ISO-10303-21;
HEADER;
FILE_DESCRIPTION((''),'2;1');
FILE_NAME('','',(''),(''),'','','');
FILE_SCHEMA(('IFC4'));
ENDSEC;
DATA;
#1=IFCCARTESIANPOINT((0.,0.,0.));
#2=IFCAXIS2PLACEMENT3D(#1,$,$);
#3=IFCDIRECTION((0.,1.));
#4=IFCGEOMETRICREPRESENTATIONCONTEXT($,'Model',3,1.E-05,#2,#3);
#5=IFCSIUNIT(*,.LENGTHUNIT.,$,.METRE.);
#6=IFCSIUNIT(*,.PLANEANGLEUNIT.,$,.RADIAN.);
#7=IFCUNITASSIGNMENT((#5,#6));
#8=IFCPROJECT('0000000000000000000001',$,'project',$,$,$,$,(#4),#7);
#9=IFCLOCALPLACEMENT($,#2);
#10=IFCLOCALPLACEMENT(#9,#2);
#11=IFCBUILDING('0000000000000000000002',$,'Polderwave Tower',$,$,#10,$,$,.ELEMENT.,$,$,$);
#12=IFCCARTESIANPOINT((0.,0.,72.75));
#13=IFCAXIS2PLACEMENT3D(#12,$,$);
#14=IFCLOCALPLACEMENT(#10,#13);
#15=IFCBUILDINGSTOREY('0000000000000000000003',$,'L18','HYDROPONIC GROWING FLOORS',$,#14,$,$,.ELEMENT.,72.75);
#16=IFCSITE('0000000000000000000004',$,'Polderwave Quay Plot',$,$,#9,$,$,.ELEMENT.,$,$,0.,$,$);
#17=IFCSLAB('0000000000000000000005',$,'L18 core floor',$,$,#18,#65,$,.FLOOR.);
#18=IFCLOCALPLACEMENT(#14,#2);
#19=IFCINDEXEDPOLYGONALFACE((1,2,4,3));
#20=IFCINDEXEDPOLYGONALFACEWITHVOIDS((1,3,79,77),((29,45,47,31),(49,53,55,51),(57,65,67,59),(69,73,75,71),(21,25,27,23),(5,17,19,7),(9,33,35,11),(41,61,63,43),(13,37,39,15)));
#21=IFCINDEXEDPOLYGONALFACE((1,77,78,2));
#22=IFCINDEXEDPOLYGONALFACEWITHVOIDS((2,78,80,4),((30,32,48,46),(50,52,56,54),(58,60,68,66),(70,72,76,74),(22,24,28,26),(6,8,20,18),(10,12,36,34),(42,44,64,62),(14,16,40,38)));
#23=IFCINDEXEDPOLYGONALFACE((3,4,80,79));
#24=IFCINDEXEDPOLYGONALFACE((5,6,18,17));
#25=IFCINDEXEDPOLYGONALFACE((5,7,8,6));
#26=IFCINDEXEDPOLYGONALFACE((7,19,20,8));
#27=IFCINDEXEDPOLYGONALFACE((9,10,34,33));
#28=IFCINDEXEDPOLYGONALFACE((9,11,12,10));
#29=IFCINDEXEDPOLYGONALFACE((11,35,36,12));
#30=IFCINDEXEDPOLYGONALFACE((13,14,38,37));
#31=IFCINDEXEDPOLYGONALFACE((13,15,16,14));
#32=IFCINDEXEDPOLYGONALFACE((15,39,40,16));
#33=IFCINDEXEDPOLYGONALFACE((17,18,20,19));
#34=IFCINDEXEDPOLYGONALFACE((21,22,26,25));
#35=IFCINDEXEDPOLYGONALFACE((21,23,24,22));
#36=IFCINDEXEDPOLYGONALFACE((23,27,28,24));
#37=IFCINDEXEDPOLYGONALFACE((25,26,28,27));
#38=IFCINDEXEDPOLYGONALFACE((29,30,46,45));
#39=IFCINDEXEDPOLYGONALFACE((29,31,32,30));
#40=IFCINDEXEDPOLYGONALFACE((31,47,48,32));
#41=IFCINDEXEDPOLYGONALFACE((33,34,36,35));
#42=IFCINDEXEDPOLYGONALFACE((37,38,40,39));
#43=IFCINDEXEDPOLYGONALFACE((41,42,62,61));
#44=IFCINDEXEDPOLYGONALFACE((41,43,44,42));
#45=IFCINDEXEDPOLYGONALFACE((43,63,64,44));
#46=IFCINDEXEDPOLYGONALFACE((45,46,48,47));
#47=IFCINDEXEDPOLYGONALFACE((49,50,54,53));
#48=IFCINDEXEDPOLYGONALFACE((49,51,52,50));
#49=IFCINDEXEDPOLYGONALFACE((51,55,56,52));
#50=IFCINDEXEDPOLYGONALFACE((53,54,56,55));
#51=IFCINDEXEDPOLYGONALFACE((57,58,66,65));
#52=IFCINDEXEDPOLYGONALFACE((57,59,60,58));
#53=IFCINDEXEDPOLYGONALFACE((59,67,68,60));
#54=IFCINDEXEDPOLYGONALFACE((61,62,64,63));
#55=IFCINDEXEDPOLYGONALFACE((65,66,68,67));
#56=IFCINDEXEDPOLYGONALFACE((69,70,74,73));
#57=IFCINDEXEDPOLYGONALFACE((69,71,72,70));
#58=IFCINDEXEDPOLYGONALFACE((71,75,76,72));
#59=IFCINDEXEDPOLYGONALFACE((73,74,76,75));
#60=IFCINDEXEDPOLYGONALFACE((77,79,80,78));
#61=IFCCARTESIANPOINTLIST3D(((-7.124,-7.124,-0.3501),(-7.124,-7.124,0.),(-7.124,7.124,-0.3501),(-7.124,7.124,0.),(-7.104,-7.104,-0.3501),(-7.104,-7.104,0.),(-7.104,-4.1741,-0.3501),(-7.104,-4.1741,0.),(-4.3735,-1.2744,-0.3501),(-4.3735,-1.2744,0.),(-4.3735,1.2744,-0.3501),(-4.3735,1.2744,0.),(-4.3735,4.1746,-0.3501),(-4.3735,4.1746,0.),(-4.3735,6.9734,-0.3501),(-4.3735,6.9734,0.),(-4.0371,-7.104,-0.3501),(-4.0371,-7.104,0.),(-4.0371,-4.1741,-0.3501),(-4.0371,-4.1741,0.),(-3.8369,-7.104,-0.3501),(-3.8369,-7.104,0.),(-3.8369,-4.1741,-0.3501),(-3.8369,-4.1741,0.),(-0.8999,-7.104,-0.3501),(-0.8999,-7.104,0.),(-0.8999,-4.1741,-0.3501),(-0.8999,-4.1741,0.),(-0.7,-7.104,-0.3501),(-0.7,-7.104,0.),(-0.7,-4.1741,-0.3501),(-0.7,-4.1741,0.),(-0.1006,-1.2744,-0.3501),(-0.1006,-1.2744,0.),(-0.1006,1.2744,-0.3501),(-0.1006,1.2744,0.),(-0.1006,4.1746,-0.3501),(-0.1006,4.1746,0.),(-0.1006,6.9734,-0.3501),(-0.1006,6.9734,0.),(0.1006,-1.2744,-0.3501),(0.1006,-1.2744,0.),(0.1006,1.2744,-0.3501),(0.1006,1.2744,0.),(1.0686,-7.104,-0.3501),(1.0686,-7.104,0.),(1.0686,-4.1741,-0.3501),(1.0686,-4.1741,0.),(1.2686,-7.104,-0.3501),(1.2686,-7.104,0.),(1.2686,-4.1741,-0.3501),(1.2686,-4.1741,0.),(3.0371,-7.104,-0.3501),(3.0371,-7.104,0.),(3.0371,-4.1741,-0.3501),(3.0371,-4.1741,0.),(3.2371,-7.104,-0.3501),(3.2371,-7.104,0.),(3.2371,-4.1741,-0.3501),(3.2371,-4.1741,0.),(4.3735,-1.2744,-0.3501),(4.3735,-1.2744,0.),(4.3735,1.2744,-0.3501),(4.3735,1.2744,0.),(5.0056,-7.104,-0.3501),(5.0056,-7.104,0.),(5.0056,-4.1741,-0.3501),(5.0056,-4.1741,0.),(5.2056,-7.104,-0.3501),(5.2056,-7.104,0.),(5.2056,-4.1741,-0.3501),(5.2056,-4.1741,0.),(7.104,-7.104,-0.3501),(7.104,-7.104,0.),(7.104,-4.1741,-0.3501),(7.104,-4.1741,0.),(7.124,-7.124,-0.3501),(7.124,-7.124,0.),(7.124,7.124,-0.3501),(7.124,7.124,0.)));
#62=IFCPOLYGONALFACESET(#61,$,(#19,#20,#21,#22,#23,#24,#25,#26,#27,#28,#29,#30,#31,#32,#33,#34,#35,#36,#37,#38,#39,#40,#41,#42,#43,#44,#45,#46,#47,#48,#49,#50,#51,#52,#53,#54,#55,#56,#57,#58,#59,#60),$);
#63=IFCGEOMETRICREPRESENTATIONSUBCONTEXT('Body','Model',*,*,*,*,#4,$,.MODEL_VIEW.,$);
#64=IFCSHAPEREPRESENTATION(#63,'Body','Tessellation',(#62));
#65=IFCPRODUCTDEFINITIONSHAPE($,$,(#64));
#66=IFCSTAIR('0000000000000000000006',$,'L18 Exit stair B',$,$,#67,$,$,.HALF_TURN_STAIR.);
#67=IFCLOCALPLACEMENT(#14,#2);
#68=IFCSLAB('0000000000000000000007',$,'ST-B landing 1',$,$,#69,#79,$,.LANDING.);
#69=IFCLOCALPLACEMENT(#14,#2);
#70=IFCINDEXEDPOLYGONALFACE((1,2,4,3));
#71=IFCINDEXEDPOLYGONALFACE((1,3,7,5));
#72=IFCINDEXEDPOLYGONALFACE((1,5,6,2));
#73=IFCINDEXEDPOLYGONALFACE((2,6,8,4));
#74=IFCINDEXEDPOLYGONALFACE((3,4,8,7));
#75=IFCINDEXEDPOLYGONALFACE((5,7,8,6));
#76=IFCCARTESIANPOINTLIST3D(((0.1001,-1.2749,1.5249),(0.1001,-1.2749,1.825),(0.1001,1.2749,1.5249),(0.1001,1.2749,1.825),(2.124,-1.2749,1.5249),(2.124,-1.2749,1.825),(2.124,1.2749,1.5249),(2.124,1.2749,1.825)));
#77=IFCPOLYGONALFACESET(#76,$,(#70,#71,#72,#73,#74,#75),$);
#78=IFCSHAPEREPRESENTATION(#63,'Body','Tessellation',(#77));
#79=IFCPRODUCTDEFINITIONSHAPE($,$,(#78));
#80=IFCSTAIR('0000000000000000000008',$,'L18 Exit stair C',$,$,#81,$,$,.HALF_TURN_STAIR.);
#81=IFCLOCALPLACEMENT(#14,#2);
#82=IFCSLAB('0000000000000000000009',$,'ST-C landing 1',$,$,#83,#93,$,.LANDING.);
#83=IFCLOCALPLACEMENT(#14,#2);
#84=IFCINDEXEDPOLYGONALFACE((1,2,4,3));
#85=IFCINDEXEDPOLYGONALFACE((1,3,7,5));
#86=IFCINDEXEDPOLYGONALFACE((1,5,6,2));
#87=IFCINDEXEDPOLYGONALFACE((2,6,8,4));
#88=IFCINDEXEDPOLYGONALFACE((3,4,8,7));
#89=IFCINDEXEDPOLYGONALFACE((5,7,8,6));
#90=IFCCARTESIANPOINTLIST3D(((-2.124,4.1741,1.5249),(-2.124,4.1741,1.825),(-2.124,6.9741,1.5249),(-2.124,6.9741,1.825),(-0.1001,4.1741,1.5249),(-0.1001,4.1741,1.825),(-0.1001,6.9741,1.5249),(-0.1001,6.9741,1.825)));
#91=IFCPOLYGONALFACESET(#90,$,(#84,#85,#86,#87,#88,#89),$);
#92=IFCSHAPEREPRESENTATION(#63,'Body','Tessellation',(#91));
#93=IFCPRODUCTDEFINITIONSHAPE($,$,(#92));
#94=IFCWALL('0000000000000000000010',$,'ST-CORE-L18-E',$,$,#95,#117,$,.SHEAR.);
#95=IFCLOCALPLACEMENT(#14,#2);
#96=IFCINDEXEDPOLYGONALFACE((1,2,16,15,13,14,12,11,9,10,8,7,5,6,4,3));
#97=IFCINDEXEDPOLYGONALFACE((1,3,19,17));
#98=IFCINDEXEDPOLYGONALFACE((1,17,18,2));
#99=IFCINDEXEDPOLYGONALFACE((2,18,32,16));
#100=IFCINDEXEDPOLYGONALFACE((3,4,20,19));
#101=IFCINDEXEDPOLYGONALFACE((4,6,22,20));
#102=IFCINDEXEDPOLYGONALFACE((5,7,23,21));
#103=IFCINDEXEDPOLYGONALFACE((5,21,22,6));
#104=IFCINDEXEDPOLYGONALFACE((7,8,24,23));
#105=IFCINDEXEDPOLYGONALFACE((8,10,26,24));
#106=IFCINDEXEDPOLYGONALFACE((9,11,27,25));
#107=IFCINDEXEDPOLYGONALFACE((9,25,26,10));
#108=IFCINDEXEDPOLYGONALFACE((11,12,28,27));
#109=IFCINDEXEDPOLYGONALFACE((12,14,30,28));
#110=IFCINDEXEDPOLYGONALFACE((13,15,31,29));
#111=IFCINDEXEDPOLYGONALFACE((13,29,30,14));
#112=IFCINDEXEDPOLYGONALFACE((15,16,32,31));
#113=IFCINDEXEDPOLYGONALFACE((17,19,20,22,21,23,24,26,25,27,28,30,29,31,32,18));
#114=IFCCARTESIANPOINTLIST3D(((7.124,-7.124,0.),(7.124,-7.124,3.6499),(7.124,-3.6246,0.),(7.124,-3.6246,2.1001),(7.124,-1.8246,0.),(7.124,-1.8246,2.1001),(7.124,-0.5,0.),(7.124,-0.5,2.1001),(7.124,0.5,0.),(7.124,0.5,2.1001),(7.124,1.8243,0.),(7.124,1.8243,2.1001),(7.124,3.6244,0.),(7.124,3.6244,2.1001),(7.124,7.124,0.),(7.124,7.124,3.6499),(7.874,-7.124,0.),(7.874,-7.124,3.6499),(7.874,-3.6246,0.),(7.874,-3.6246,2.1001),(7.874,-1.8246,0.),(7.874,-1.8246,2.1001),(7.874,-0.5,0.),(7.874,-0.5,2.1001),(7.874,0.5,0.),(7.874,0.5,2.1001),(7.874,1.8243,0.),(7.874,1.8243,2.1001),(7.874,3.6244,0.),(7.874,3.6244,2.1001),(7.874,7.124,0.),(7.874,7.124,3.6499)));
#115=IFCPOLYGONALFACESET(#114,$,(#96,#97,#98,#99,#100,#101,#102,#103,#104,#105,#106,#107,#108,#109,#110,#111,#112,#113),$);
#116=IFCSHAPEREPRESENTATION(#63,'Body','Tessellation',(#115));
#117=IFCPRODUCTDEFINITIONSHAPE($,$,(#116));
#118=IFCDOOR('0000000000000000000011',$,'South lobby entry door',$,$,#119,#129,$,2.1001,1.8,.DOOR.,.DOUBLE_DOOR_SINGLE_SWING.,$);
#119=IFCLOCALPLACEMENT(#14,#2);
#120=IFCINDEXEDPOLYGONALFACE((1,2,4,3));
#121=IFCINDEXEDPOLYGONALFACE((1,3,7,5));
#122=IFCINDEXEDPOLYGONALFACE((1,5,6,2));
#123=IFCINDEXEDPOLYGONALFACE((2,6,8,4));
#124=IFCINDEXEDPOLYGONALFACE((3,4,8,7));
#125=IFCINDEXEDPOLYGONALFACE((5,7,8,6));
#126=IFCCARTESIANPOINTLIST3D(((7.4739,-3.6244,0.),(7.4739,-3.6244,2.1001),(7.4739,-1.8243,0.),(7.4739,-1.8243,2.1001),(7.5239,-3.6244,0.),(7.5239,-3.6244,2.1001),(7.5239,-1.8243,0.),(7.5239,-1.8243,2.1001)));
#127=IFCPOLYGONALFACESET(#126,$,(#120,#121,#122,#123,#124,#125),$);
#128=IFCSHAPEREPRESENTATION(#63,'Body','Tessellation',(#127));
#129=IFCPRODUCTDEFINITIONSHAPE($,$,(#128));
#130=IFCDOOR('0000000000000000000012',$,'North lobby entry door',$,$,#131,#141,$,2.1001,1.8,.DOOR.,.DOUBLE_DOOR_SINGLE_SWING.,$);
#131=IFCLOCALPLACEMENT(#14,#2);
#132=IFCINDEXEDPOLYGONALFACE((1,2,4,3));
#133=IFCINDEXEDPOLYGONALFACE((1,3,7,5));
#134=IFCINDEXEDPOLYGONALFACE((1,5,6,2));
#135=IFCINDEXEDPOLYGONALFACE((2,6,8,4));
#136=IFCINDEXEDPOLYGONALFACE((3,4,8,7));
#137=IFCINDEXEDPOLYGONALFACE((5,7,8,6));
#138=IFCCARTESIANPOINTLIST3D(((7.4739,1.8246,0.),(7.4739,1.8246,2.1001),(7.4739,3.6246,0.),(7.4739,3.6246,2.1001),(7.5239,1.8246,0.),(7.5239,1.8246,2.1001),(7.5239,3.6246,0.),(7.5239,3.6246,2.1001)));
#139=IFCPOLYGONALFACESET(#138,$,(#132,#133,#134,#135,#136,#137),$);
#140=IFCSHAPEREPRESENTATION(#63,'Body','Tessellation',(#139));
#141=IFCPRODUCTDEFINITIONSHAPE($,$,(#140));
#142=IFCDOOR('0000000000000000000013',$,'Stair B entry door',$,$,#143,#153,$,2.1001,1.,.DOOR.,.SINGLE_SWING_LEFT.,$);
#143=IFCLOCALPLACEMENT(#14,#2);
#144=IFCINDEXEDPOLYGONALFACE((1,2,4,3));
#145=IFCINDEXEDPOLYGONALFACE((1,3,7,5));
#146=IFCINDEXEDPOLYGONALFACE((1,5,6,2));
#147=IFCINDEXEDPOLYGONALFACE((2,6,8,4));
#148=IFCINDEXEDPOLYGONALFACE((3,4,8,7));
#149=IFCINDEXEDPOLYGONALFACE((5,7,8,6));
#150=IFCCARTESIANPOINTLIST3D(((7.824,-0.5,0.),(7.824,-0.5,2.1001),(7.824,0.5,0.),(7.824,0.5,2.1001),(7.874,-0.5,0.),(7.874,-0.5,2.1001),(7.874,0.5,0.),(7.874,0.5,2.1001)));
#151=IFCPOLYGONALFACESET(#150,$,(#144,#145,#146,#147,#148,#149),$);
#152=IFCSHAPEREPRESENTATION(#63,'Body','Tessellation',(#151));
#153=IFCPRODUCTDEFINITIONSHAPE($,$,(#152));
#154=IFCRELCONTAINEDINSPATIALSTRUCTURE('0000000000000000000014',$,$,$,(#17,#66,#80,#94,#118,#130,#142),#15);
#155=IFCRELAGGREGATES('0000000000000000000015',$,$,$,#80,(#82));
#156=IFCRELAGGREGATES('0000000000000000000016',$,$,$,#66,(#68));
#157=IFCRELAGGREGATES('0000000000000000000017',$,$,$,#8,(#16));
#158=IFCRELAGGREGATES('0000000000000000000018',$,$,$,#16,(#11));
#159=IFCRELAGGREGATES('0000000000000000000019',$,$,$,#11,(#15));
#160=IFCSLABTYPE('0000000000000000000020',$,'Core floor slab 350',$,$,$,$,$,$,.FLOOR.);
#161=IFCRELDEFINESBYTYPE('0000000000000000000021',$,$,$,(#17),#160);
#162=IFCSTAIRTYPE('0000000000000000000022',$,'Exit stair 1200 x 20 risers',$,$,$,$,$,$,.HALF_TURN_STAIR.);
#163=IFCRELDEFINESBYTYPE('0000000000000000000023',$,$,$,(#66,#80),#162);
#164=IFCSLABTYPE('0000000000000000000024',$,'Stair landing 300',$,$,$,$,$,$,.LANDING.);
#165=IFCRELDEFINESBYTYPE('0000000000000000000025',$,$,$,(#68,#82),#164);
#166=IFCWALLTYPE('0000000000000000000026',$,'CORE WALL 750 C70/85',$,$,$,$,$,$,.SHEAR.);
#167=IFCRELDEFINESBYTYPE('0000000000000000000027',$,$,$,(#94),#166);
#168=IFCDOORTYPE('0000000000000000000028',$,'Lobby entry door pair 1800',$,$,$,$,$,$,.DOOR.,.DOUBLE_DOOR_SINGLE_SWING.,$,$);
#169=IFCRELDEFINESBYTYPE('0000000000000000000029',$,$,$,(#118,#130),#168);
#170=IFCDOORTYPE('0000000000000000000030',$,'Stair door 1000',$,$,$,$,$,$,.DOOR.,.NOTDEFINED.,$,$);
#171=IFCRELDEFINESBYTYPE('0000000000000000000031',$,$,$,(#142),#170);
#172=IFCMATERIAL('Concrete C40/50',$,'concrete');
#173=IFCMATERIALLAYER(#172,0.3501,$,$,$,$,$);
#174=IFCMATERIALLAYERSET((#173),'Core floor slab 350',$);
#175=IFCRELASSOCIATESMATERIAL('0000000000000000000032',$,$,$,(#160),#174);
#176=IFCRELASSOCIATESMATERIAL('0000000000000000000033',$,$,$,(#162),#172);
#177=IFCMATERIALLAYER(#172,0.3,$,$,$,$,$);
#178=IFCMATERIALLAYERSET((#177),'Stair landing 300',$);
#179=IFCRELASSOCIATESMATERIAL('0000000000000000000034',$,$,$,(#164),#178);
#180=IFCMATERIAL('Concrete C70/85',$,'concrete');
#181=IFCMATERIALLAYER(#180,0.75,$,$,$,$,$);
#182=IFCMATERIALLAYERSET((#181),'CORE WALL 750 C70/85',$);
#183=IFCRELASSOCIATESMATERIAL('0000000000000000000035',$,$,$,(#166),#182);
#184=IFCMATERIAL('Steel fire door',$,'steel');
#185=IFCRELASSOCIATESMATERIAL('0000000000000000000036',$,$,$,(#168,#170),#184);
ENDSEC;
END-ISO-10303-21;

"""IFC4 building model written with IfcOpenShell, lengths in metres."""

from ifc_helpers import new_model, si_unit, direction, frame, frame_2d, origin, place, context, subcontext, project, spatial, polyline, rectangle, outline, extrude, material, layer, layer_set, type_object, element, fill, aggregate, save


model = new_model("IFC4")

# Units and contexts
model_context = context("Model", 3, precision=1e-05, world=origin(), true_north=direction((0.0, 1.0)))
body_context = subcontext(model_context, "Body", "Model", "MODEL_VIEW")
ifc_project = project(units=[si_unit("LENGTHUNIT", "METRE"), si_unit("PLANEANGLEUNIT", "RADIAN")], contexts=[model_context])

# Site, building, storey
site_placement = place(None, origin())
site = spatial("IfcSite", under=ifc_project, at=site_placement, Name="Polderwave Quay Plot", CompositionType="ELEMENT", RefElevation=0.0)
building_placement = place(site_placement, origin())
building = spatial("IfcBuilding", under=site, at=building_placement, Name="Polderwave Tower", CompositionType="ELEMENT")
storey_placement = place(building_placement, frame((0.0, 0.0, 72.75)))
storey = spatial("IfcBuildingStorey", under=building, at=storey_placement, Name="L18", Description="HYDROPONIC GROWING FLOORS", CompositionType="ELEMENT", Elevation=72.75)

# Slab
ifc_material_1 = material(Name="Concrete C40/50", Category="concrete")
ifc_layer_1 = layer(ifc_material_1, 0.3501)
ifc_layer_set_1 = layer_set([ifc_layer_1], Name="Core floor slab 350")
slab_type_1 = type_object("IfcSlabType", Name="Core floor slab 350", PredefinedType="FLOOR", material=ifc_layer_set_1)
slab_1_placement = place(storey_placement, frame((0.0, 0.0, -0.3501)))
element("IfcSlab", 1, at=slab_1_placement, inside=storey, type_object=slab_type_1, Name="L18 core floor", PredefinedType="FLOOR", context=body_context, shape_type="SweptSolid", body=[
    extrude(outline(polyline([(-7.124, -7.124), (7.124, -7.124), (7.124, 7.124), (-7.124, 7.124), (-7.124, -7.124)]), holes=[polyline([(-7.104, -7.104), (-4.0371, -7.104), (-4.0371, -4.1741), (-7.104, -4.1741), (-7.104, -7.104)]), polyline([(-3.8369, -7.104), (-0.8999, -7.104), (-0.8999, -4.1741), (-3.8369, -4.1741), (-3.8369, -7.104)]), polyline([(-0.7, -7.104), (1.0686, -7.104), (1.0686, -4.1741), (-0.7, -4.1741), (-0.7, -7.104)]), polyline([(1.2686, -7.104), (3.0371, -7.104), (3.0371, -4.1741), (1.2686, -4.1741), (1.2686, -7.104)]), polyline([(3.2371, -7.104), (5.0056, -7.104), (5.0056, -4.1741), (3.2371, -4.1741), (3.2371, -7.104)]), polyline([(5.2056, -7.104), (7.104, -7.104), (7.104, -4.1741), (5.2056, -4.1741), (5.2056, -7.104)]), polyline([(-4.3735, -1.2744), (-0.1006, -1.2744), (-0.1006, 1.2744), (-4.3735, 1.2744), (-4.3735, -1.2744)]), polyline([(0.1006, -1.2744), (4.3735, -1.2744), (4.3735, 1.2744), (0.1006, 1.2744), (0.1006, -1.2744)]), polyline([(-4.3735, 4.1746), (-0.1006, 4.1746), (-0.1006, 6.9734), (-4.3735, 6.9734), (-4.3735, 4.1746)])]), origin(), (0.0, 0.0, 1.0), 0.3501),
])

# Stairs, slabs
stair_type = type_object("IfcStairType", Name="Exit stair 1200 x 20 risers", PredefinedType="HALF_TURN_STAIR", material=ifc_material_1)
stair_1_placement = place(storey_placement, origin())
stair_1 = element("IfcStair", 2, at=stair_1_placement, inside=storey, type_object=stair_type, Name="L18 Exit stair B", PredefinedType="HALF_TURN_STAIR")
ifc_layer_2 = layer(ifc_material_1, 0.3)
ifc_layer_set_2 = layer_set([ifc_layer_2], Name="Stair landing 300")
slab_type_2 = type_object("IfcSlabType", Name="Stair landing 300", PredefinedType="LANDING", material=ifc_layer_set_2)
slab_2_placement = place(storey_placement, frame((0.0, 0.0, 1.5249)))
slab_2 = element("IfcSlab", 3, at=slab_2_placement, type_object=slab_type_2, Name="ST-B landing 1", PredefinedType="LANDING", context=body_context, shape_type="SweptSolid", body=[
    extrude(outline(polyline([(2.124, 1.2749), (0.1001, 1.2749), (0.1001, -1.2749), (2.124, -1.2749), (2.124, 1.2749)])), origin(), (0.0, 0.0, 1.0), 0.3),
])
stair_2_placement = place(storey_placement, origin())
stair_2 = element("IfcStair", 4, at=stair_2_placement, inside=storey, type_object=stair_type, Name="L18 Exit stair C", PredefinedType="HALF_TURN_STAIR")
slab_3_placement = place(storey_placement, frame((0.0, 0.0, 1.5249)))
slab_3 = element("IfcSlab", 5, at=slab_3_placement, type_object=slab_type_2, Name="ST-C landing 1", PredefinedType="LANDING", context=body_context, shape_type="SweptSolid", body=[
    extrude(outline(polyline([(-2.124, 4.1741), (-0.1001, 4.1741), (-0.1001, 6.9741), (-2.124, 6.9741), (-2.124, 4.1741)])), origin(), (0.0, 0.0, 1.0), 0.3),
])
aggregate(stair_2, [slab_3])

# Wall, openings, doors
ifc_material_2 = material(Name="Concrete C70/85", Category="concrete")
ifc_layer_3 = layer(ifc_material_2, 0.75)
ifc_layer_set_3 = layer_set([ifc_layer_3], Name="CORE WALL 750 C70/85")
wall_type_1 = type_object("IfcWallType", Name="CORE WALL 750 C70/85", PredefinedType="SHEAR", material=ifc_layer_set_3)
wall_1_placement = place(storey_placement, frame((7.499, -7.124, 0.0), z_axis=(0.0, 0.0, 1.0), x_axis=(0.0, 1.0, 0.0)))
wall_1 = element("IfcWall", 6, at=wall_1_placement, inside=storey, type_object=wall_type_1, Name="ST-CORE-L18-E", PredefinedType="SHEAR", context=body_context, shape_type="SweptSolid", body=[
    extrude(rectangle(XDim=14.248, YDim=0.75, at=frame_2d((7.124, 0.0))), origin(), (0.0, 0.0, 1.0), 3.6499),
])
opening_1_placement = place(wall_1_placement, frame((6.624, 0.0, 0.0)))
opening_1 = element("IfcOpeningElement", 7, at=opening_1_placement, cuts=wall_1, PredefinedType="OPENING", context=body_context, shape_type="SweptSolid", body=[
    extrude(rectangle(XDim=1.0, YDim=2.1001, at=frame_2d((0.5, 1.05))), frame((0.0, 0.385, 0.0), z_axis=(0.0, -1.0, 0.0), x_axis=(1.0, 0.0, 0.0)), (0.0, 0.0, 1.0), 0.77),
])
opening_2_placement = place(wall_1_placement, frame((3.4995, 0.0, 0.0)))
opening_2 = element("IfcOpeningElement", 8, at=opening_2_placement, cuts=wall_1, PredefinedType="OPENING", context=body_context, shape_type="SweptSolid", body=[
    extrude(rectangle(XDim=1.8, YDim=2.1001, at=frame_2d((0.8999, 1.05))), frame((0.0, 0.385, 0.0), z_axis=(0.0, -1.0, 0.0), x_axis=(1.0, 0.0, 0.0)), (0.0, 0.0, 1.0), 0.77),
])
opening_3_placement = place(wall_1_placement, frame((8.9485, 0.0, 0.0)))
opening_3 = element("IfcOpeningElement", 9, at=opening_3_placement, cuts=wall_1, PredefinedType="OPENING", context=body_context, shape_type="SweptSolid", body=[
    extrude(rectangle(XDim=1.8, YDim=2.1001, at=frame_2d((0.8999, 1.05))), frame((0.0, 0.385, 0.0), z_axis=(0.0, -1.0, 0.0), x_axis=(1.0, 0.0, 0.0)), (0.0, 0.0, 1.0), 0.77),
])
ifc_material_3 = material(Name="Steel fire door", Category="steel")
door_type_1 = type_object("IfcDoorType", Name="Lobby entry door pair 1800", OperationType="DOUBLE_DOOR_SINGLE_SWING", PredefinedType="DOOR", material=ifc_material_3)
door_1_placement = place(opening_2_placement, frame((1.8, 0.0, 0.0), z_axis=(0.0, 0.0, 1.0), x_axis=(-1.0, 0.0, 0.0)))
door_1 = element("IfcDoor", 10, at=door_1_placement, inside=storey, type_object=door_type_1, Name="South lobby entry door", OperationType="DOUBLE_DOOR_SINGLE_SWING", OverallHeight=2.1001, OverallWidth=1.8, PredefinedType="DOOR", context=body_context, shape_type="SweptSolid", body=[
    extrude(rectangle(XDim=1.8, YDim=2.1001, at=frame_2d((0.8999, 1.05))), frame((0.0, 0.0249, 0.0), z_axis=(0.0, -1.0, 0.0), x_axis=(1.0, 0.0, 0.0)), (0.0, 0.0, 1.0), 0.05),
])
fill(opening_2, door_1)
door_2_placement = place(opening_3_placement, frame((1.8, 0.0, 0.0), z_axis=(0.0, 0.0, 1.0), x_axis=(-1.0, 0.0, 0.0)))
door_2 = element("IfcDoor", 11, at=door_2_placement, inside=storey, type_object=door_type_1, Name="North lobby entry door", OperationType="DOUBLE_DOOR_SINGLE_SWING", OverallHeight=2.1001, OverallWidth=1.8, PredefinedType="DOOR", context=body_context, shape_type="SweptSolid", body=[
    extrude(rectangle(XDim=1.8, YDim=2.1001, at=frame_2d((0.8999, 1.05))), frame((0.0, 0.0249, 0.0), z_axis=(0.0, -1.0, 0.0), x_axis=(1.0, 0.0, 0.0)), (0.0, 0.0, 1.0), 0.05),
])
fill(opening_3, door_2)
door_type_2 = type_object("IfcDoorType", Name="Stair door 1000", OperationType="NOTDEFINED", PredefinedType="DOOR", material=ifc_material_3)
door_3_placement = place(opening_1_placement, frame((1.0, 0.0, 0.0), z_axis=(0.0, 0.0, 1.0), x_axis=(-1.0, 0.0, 0.0)))
door_3 = element("IfcDoor", 12, at=door_3_placement, inside=storey, type_object=door_type_2, Name="Stair B entry door", OperationType="SINGLE_SWING_LEFT", OverallHeight=2.1001, OverallWidth=1.0, PredefinedType="DOOR", context=body_context, shape_type="SweptSolid", body=[
    extrude(rectangle(XDim=1.0, YDim=2.1001, at=frame_2d((0.5, 1.05))), frame((0.0, 0.375, 0.0), z_axis=(0.0, -1.0, 0.0), x_axis=(1.0, 0.0, 0.0)), (0.0, 0.0, 1.0), 0.05),
])
fill(opening_1, door_3)

aggregate(stair_1, [slab_2])

save(model, "model.ifc")
